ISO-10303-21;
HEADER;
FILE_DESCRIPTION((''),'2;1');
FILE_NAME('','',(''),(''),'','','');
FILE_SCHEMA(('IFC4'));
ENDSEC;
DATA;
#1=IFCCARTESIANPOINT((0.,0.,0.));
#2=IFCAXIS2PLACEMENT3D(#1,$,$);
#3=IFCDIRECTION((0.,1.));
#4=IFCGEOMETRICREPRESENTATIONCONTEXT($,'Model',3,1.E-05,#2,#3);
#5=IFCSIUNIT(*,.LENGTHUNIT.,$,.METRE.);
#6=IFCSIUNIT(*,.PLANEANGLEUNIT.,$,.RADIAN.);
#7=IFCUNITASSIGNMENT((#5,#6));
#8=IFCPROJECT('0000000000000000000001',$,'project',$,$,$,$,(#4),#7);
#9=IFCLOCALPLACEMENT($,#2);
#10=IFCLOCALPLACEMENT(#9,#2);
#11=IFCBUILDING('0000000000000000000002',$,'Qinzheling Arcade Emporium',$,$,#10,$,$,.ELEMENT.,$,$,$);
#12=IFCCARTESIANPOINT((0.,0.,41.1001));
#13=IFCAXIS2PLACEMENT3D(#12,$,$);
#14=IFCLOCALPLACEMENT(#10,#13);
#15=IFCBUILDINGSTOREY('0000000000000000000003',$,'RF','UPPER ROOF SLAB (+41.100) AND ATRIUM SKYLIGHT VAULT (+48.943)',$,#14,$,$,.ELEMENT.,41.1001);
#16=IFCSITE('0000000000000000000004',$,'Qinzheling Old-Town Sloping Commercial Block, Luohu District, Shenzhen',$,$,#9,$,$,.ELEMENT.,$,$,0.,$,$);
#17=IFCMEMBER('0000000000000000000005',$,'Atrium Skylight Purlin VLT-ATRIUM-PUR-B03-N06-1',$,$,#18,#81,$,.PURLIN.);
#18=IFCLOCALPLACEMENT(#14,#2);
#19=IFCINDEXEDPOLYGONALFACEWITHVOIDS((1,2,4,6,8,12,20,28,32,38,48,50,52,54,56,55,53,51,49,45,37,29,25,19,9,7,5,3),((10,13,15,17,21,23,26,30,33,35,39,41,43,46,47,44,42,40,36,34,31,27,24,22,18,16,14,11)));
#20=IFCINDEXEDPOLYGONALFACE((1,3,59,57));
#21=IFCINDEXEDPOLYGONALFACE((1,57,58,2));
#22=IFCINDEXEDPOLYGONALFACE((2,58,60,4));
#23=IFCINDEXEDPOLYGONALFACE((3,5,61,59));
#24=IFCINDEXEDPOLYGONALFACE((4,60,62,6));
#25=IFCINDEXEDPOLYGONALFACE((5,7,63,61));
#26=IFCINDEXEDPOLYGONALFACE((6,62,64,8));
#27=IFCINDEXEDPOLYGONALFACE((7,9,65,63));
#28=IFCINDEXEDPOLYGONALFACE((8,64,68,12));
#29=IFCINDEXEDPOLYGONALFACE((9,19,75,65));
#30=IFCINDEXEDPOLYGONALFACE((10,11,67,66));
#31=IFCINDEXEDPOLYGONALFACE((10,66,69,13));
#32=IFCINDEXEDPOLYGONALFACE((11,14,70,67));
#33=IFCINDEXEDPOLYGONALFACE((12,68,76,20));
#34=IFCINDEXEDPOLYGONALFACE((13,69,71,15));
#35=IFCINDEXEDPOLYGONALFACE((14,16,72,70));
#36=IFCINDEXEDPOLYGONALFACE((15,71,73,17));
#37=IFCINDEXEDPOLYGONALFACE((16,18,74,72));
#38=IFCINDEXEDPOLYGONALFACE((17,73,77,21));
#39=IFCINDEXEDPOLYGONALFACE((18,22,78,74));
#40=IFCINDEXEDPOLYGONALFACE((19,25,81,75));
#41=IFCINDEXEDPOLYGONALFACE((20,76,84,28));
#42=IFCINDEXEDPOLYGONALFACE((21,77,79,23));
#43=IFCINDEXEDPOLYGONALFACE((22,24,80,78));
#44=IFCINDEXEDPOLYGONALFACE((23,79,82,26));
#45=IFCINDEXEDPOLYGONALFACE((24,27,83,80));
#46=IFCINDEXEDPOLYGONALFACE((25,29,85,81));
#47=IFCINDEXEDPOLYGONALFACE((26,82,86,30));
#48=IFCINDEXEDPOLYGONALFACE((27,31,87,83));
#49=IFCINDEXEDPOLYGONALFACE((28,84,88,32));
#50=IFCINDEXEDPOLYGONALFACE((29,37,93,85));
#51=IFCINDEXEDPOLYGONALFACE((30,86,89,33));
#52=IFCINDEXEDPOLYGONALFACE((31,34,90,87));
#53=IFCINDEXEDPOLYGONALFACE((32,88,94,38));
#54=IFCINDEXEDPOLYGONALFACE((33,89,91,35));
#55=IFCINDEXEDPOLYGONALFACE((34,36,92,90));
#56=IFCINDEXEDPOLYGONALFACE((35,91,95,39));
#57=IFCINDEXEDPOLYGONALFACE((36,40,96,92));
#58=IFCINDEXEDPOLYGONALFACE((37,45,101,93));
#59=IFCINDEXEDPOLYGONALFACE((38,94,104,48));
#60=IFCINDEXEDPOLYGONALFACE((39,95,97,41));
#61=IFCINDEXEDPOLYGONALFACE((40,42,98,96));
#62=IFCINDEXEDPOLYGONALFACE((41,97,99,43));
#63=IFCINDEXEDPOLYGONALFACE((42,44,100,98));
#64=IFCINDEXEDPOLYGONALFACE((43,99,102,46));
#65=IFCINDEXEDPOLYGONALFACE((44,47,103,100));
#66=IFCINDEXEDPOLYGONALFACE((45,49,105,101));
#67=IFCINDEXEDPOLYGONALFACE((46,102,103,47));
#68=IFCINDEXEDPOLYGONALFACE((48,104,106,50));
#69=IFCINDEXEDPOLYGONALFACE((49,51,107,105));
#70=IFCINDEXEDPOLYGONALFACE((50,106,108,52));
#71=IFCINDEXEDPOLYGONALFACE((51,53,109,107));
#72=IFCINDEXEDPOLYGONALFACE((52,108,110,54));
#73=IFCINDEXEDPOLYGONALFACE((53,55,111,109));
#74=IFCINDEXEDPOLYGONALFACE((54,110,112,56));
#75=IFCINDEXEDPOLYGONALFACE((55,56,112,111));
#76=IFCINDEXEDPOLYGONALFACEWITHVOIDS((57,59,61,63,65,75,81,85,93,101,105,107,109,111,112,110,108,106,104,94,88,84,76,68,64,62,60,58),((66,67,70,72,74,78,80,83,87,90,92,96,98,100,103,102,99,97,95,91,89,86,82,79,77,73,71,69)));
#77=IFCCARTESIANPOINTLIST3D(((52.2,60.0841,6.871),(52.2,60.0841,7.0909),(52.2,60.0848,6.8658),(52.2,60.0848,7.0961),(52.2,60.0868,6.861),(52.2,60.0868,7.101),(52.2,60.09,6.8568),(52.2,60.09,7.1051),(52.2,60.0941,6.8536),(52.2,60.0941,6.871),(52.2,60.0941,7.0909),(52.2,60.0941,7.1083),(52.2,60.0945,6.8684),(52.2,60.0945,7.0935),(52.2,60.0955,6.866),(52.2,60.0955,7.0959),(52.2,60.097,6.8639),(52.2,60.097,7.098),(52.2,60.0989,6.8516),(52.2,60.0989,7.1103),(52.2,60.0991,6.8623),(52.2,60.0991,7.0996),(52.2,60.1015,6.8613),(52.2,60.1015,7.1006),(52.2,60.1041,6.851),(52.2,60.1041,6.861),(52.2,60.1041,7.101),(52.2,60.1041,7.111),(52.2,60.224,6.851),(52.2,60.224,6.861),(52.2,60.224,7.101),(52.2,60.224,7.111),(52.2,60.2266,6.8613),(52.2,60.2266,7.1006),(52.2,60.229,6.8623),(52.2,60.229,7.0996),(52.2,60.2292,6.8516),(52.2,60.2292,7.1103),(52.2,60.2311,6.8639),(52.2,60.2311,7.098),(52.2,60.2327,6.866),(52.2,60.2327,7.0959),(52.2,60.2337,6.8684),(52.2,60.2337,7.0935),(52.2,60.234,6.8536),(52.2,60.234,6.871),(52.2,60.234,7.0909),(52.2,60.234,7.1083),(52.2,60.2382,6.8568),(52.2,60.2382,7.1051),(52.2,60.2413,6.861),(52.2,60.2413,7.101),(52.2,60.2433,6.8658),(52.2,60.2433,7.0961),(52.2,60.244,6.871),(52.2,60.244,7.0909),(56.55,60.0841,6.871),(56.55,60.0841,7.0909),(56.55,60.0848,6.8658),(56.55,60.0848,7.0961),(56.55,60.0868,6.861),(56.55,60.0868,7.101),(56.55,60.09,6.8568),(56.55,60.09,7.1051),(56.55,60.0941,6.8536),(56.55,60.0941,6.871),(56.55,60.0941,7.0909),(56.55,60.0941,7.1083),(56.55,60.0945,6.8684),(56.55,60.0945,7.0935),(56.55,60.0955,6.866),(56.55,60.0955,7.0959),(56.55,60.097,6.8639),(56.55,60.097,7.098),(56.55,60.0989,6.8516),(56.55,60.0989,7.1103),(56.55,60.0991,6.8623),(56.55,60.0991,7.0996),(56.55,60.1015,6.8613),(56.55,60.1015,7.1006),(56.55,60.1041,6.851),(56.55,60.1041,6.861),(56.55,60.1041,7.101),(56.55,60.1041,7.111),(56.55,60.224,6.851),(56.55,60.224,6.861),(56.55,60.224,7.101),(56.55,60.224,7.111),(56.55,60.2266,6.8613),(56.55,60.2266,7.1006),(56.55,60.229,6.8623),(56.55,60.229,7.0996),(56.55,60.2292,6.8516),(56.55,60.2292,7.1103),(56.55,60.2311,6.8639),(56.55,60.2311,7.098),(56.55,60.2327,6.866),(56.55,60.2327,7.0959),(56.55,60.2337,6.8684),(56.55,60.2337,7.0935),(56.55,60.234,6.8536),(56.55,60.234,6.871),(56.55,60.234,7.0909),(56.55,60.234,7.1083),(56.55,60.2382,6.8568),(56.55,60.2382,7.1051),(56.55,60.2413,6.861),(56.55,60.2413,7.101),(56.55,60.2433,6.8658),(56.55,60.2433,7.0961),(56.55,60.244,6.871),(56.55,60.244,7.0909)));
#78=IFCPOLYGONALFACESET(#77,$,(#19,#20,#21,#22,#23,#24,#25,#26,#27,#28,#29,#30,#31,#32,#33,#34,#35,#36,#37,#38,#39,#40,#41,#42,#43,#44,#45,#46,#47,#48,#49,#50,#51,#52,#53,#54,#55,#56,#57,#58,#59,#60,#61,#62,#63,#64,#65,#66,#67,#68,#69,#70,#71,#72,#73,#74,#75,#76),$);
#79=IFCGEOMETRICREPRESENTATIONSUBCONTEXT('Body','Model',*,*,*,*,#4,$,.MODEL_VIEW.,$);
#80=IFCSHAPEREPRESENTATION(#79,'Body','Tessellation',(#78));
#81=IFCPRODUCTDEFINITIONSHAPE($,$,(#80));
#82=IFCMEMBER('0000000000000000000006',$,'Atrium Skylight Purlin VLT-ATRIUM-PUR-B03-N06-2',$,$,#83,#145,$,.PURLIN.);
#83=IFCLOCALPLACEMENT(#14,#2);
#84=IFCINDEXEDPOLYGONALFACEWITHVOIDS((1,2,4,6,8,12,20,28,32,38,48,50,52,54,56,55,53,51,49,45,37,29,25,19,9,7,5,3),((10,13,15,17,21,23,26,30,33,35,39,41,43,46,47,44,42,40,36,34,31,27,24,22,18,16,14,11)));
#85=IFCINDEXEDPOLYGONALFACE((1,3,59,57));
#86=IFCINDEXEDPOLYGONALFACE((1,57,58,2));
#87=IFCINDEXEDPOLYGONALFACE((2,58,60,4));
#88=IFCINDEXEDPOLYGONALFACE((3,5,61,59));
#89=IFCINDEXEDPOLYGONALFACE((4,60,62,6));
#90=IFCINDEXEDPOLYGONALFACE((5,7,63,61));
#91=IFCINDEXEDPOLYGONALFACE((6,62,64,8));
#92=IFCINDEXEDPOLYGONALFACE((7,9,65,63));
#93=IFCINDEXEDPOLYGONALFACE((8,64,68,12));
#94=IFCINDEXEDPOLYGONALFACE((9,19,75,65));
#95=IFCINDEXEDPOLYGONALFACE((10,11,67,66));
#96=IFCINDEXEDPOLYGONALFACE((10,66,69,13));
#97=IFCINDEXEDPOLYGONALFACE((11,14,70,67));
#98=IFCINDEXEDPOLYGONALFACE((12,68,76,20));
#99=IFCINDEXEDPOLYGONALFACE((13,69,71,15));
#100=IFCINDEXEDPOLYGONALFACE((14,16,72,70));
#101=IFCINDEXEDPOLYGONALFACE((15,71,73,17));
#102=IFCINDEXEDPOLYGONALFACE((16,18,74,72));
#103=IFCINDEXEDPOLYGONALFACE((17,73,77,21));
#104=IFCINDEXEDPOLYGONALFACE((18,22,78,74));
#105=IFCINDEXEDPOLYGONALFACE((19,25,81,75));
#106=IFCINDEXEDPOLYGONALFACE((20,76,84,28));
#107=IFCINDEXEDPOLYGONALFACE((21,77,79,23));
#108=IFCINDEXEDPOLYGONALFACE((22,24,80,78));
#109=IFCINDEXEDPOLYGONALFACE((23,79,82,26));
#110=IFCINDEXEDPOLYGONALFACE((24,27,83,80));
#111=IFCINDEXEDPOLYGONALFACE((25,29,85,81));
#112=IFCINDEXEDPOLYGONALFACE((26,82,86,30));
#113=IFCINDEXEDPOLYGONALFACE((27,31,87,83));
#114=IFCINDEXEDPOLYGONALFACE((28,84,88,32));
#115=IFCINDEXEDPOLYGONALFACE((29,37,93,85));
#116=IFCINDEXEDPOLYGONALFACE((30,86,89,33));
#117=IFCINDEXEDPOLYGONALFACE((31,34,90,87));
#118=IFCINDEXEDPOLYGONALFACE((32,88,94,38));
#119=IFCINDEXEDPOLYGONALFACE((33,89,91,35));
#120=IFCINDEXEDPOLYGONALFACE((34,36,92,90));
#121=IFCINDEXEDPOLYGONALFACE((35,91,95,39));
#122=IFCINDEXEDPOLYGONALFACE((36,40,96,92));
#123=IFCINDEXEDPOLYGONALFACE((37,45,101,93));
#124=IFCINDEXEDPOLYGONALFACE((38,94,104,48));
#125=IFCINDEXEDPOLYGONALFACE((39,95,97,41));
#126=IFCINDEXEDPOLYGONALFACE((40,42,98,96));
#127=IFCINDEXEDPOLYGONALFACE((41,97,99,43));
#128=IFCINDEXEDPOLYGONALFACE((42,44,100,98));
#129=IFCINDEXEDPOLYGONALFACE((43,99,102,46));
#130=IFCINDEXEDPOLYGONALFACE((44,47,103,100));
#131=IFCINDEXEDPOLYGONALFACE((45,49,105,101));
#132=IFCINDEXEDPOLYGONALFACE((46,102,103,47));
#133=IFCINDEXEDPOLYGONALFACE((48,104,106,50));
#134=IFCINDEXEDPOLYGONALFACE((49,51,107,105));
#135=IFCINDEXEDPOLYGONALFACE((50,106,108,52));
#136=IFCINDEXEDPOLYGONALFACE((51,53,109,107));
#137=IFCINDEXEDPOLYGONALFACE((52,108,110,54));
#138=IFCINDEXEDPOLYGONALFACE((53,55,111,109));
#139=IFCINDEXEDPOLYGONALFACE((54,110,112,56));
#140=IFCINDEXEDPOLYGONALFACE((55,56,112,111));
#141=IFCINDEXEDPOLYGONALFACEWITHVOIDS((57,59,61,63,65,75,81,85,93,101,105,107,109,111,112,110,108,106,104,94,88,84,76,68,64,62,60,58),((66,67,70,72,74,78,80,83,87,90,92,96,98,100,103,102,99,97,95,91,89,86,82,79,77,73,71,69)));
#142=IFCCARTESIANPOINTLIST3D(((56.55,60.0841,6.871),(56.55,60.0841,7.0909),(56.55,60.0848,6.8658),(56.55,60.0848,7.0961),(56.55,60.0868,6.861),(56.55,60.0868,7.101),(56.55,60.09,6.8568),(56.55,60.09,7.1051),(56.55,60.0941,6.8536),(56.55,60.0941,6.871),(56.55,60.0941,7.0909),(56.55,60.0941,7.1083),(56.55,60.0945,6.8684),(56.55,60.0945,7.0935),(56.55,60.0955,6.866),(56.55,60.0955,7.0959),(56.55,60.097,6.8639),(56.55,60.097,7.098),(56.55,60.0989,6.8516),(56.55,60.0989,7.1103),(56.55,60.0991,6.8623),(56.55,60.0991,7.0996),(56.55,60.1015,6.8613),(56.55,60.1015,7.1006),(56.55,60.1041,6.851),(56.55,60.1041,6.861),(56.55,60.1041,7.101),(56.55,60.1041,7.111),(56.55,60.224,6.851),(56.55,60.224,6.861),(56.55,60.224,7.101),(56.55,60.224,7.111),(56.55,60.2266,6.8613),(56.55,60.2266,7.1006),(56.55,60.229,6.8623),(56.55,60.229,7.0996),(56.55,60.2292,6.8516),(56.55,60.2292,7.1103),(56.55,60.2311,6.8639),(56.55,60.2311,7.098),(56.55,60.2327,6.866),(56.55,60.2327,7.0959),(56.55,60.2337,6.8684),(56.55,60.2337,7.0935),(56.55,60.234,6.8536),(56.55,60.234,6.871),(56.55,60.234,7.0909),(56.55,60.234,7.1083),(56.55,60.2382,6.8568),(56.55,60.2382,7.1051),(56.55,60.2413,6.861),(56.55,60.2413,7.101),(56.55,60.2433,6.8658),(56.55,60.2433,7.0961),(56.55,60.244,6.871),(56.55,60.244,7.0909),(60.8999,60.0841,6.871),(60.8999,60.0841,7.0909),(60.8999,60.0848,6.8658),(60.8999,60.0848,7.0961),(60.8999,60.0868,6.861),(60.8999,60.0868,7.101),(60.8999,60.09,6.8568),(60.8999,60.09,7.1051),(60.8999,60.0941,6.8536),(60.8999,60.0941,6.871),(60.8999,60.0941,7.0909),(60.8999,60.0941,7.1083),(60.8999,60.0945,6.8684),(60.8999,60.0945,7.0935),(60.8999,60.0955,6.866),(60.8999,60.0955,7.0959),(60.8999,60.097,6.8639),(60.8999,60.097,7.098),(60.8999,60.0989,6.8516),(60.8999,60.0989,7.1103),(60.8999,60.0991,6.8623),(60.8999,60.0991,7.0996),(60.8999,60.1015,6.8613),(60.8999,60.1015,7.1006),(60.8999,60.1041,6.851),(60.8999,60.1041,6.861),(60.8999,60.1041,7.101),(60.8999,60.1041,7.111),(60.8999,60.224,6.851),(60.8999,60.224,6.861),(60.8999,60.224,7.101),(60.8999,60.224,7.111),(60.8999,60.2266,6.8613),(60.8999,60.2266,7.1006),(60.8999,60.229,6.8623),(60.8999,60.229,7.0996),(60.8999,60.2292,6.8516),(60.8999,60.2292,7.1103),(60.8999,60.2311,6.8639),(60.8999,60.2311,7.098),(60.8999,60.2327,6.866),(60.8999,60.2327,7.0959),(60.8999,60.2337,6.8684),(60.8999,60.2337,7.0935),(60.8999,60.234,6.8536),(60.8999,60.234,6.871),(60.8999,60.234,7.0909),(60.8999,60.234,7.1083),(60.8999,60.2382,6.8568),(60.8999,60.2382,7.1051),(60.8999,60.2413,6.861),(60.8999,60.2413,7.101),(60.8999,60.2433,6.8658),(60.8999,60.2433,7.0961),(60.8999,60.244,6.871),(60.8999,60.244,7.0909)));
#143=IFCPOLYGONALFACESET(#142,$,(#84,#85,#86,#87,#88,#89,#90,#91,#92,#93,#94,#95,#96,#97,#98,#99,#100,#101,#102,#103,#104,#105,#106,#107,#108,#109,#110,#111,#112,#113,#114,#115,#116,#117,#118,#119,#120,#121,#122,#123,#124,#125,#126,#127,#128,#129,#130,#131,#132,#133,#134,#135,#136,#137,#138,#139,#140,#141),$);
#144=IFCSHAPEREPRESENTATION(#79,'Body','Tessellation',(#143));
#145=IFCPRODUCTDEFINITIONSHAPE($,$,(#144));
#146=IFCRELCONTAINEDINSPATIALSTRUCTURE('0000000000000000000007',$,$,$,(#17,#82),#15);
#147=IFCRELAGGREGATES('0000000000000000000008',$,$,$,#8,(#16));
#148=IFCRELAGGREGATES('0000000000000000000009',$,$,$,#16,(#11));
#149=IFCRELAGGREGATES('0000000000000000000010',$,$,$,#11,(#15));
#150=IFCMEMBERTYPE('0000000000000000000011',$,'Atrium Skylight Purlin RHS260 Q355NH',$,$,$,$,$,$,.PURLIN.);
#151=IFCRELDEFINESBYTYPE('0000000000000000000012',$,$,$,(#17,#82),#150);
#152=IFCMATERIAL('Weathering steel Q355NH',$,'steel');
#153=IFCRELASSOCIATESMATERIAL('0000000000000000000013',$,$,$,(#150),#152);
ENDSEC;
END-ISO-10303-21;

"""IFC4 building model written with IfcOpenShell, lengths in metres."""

from ifc_helpers import new_model, si_unit, direction, frame, origin, origin_2d, place, context, subcontext, project, spatial, hollow_rectangle, extrude, material, material_profile, profile_set, type_object, element, save


model = new_model("IFC4")

# Units and contexts
model_context = context("Model", 3, precision=1e-05, world=origin(), true_north=direction((0.0, 1.0)))
body_context = subcontext(model_context, "Body", "Model", "MODEL_VIEW")
ifc_project = project(units=[si_unit("LENGTHUNIT", "METRE"), si_unit("PLANEANGLEUNIT", "RADIAN")], contexts=[model_context])

# Site, building, storey
site_placement = place(None, origin())
site = spatial("IfcSite", under=ifc_project, at=site_placement, Name="Qinzheling Old-Town Sloping Commercial Block, Luohu District, Shenzhen", CompositionType="ELEMENT", RefElevation=0.0)
building_placement = place(site_placement, origin())
building = spatial("IfcBuilding", under=site, at=building_placement, Name="Qinzheling Arcade Emporium", CompositionType="ELEMENT")
storey_placement = place(building_placement, frame((0.0, 0.0, 41.1001)))
storey = spatial("IfcBuildingStorey", under=building, at=storey_placement, Name="RF", Description="UPPER ROOF SLAB (+41.100) AND ATRIUM SKYLIGHT VAULT (+48.943)", CompositionType="ELEMENT", Elevation=41.1001)

# Shared definitions
ifc_material_1 = material(Name="Weathering steel Q355NH", Category="steel")

# Members
ifc_material_profile_1 = material_profile(ifc_material_1, hollow_rectangle(XDim=0.1599, YDim=0.26, WallThickness=0.01, InnerFilletRadius=0.01, OuterFilletRadius=0.02, at=origin_2d()), Name="RHS 260x160x10", Category="steel")
ifc_profile_set_1 = profile_set([ifc_material_profile_1], Name="Weathering steel Q355NH")
member_type = type_object("IfcMemberType", Name="Atrium Skylight Purlin RHS260 Q355NH", PredefinedType="PURLIN", material=ifc_profile_set_1)
member_1_placement = place(storey_placement, frame((52.2, 60.1641, 6.981), z_axis=(1.0, 0.0, 0.0), x_axis=(0.0, 1.0, 0.0)))
element("IfcMember", 1, at=member_1_placement, inside=storey, type_object=member_type, Name="Atrium Skylight Purlin VLT-ATRIUM-PUR-B03-N06-1", PredefinedType="PURLIN", context=body_context, shape_type="SweptSolid", body=[
    extrude(hollow_rectangle(XDim=0.1599, YDim=0.26, WallThickness=0.01, InnerFilletRadius=0.01, OuterFilletRadius=0.02, at=origin_2d()), origin(), (0.0, 0.0, 1.0), 4.3501),
])
member_2_placement = place(storey_placement, frame((56.55, 60.1641, 6.981), z_axis=(1.0, 0.0, 0.0), x_axis=(0.0, 1.0, 0.0)))
element("IfcMember", 2, at=member_2_placement, inside=storey, type_object=member_type, Name="Atrium Skylight Purlin VLT-ATRIUM-PUR-B03-N06-2", PredefinedType="PURLIN", context=body_context, shape_type="SweptSolid", body=[
    extrude(hollow_rectangle(XDim=0.1599, YDim=0.26, WallThickness=0.01, InnerFilletRadius=0.01, OuterFilletRadius=0.02, at=origin_2d()), origin(), (0.0, 0.0, 1.0), 4.3499),
])

save(model, "model.ifc")
